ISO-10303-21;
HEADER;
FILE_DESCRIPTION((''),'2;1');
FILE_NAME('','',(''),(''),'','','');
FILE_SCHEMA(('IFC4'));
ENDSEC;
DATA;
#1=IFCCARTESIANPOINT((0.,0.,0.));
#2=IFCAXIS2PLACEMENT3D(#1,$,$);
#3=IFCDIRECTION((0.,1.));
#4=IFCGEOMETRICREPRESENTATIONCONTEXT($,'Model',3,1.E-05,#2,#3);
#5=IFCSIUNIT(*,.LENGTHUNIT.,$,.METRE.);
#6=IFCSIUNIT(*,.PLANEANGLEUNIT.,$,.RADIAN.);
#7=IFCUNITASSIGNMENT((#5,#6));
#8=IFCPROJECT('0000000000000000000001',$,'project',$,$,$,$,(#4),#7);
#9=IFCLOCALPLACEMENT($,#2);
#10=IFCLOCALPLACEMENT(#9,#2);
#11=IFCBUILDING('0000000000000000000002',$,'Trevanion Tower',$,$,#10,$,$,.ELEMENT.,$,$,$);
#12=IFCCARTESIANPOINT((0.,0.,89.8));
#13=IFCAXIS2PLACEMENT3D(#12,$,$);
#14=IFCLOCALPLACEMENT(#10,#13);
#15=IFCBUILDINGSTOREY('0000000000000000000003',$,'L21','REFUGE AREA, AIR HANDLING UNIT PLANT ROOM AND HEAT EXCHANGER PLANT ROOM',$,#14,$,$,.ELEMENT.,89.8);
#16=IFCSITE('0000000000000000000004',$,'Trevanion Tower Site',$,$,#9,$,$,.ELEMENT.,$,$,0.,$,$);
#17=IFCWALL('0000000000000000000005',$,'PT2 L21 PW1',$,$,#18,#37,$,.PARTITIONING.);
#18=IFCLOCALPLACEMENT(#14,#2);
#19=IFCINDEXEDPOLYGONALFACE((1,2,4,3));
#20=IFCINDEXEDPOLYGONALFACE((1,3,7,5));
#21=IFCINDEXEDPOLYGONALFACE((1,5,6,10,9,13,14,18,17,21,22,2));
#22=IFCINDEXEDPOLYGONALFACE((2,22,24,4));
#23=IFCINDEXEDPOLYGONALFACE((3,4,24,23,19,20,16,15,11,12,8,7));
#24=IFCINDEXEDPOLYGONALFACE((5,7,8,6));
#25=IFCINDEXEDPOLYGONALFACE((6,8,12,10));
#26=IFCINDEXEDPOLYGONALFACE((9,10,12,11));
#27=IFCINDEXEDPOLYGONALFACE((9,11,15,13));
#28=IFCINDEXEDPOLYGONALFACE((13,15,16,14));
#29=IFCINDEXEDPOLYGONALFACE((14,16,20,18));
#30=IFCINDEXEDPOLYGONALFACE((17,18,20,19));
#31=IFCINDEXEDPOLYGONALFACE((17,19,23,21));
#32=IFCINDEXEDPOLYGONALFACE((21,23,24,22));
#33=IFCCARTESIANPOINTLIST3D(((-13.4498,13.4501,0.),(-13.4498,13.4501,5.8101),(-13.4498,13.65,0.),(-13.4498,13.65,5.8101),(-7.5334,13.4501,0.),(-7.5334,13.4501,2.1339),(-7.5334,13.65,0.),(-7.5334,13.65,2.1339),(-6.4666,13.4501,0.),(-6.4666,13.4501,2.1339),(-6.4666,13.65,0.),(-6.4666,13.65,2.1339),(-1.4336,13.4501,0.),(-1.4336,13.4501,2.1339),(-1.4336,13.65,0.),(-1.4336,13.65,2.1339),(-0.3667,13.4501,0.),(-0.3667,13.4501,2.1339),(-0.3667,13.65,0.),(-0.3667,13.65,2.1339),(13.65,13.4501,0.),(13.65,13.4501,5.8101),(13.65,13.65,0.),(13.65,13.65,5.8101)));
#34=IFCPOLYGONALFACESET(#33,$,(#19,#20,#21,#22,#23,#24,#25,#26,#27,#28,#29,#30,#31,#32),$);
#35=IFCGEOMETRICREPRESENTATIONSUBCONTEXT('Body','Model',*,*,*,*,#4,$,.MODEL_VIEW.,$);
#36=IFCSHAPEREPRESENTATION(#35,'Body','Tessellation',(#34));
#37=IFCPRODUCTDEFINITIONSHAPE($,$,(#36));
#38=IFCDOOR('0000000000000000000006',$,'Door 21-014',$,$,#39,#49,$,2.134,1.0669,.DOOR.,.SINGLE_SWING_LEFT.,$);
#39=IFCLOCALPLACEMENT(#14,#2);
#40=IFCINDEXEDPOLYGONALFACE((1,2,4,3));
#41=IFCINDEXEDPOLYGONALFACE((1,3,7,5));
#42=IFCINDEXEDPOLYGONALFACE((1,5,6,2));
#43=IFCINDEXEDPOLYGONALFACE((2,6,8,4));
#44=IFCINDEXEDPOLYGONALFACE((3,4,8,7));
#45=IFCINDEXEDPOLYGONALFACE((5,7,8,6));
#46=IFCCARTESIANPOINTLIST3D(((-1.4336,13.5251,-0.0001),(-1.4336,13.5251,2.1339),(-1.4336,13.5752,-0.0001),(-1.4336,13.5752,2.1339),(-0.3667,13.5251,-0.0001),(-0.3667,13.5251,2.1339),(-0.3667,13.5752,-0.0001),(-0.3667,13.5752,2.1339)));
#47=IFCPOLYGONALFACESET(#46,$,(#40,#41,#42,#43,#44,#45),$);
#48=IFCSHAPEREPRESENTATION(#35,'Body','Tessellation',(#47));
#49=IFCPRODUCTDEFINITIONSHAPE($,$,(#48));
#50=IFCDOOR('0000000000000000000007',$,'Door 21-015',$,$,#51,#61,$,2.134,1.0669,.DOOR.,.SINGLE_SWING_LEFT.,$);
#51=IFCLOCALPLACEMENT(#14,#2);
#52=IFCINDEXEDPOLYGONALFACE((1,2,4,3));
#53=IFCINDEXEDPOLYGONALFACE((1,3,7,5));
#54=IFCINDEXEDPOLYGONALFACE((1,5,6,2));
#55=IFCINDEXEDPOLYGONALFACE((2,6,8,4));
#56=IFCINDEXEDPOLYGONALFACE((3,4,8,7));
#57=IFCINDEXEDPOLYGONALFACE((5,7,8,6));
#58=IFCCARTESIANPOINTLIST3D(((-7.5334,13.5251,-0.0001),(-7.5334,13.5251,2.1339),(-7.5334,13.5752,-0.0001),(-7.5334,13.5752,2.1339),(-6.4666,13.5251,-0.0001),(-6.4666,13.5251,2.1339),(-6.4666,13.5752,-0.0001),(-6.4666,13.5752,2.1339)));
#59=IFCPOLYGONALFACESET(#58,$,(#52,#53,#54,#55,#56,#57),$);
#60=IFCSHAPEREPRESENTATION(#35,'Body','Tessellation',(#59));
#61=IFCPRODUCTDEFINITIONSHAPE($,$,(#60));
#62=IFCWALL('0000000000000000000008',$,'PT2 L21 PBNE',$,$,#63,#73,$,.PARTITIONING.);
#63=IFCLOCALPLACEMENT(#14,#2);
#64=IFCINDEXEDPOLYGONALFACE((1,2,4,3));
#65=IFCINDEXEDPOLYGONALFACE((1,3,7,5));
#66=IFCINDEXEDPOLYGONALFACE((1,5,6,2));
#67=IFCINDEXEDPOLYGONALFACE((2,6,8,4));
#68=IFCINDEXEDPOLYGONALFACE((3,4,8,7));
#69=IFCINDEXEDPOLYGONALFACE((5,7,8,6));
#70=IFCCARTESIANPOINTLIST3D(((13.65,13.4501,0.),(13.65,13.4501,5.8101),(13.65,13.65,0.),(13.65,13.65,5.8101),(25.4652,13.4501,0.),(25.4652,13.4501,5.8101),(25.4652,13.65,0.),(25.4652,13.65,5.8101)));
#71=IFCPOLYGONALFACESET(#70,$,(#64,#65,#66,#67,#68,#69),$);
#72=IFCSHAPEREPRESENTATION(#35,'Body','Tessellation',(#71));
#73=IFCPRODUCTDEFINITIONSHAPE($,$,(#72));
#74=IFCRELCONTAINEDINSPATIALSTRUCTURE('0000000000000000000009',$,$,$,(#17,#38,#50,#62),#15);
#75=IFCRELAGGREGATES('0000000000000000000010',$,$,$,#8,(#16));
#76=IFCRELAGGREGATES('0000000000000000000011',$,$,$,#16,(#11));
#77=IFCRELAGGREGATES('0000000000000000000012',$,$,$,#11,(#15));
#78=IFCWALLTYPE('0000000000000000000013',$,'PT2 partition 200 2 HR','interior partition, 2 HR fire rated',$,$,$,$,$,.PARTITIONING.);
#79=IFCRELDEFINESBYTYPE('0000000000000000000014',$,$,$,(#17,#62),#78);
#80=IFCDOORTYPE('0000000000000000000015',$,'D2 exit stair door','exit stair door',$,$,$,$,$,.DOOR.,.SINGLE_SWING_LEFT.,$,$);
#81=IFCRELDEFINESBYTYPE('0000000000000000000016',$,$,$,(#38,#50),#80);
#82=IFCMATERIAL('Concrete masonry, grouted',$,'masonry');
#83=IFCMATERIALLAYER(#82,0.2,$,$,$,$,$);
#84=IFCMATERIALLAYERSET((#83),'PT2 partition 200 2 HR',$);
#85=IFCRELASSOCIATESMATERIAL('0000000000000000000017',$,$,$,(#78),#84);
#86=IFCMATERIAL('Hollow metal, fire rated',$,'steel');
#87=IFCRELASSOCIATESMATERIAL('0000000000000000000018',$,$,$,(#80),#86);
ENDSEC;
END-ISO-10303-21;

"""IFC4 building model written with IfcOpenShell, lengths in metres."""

from ifc_helpers import new_model, si_unit, direction, frame, frame_2d, origin, place, context, subcontext, project, spatial, rectangle, extrude, material, layer, layer_set, type_object, element, fill, save


model = new_model("IFC4")

# Units and contexts
model_context = context("Model", 3, precision=1e-05, world=origin(), true_north=direction((0.0, 1.0)))
body_context = subcontext(model_context, "Body", "Model", "MODEL_VIEW")
ifc_project = project(units=[si_unit("LENGTHUNIT", "METRE"), si_unit("PLANEANGLEUNIT", "RADIAN")], contexts=[model_context])

# Site, building, storey
site_placement = place(None, origin())
site = spatial("IfcSite", under=ifc_project, at=site_placement, Name="Trevanion Tower Site", CompositionType="ELEMENT", RefElevation=0.0)
building_placement = place(site_placement, origin())
building = spatial("IfcBuilding", under=site, at=building_placement, Name="Trevanion Tower", CompositionType="ELEMENT")
storey_placement = place(building_placement, frame((0.0, 0.0, 89.8)))
storey = spatial("IfcBuildingStorey", under=building, at=storey_placement, Name="L21", Description="REFUGE AREA, AIR HANDLING UNIT PLANT ROOM AND HEAT EXCHANGER PLANT ROOM", CompositionType="ELEMENT", Elevation=89.8)

# Wall, openings, doors
ifc_material_1 = material(Name="Concrete masonry, grouted", Category="masonry")
ifc_layer_1 = layer(ifc_material_1, 0.2)
ifc_layer_set_1 = layer_set([ifc_layer_1], Name="PT2 partition 200 2 HR")
wall_type = type_object("IfcWallType", Name="PT2 partition 200 2 HR", Description="interior partition, 2 HR fire rated", PredefinedType="PARTITIONING", material=ifc_layer_set_1)
wall_1_placement = place(storey_placement, frame((13.6499, 13.55, 0.0), z_axis=(0.0, 0.0, 1.0), x_axis=(-1.0, 0.0, 0.0)))
wall_1 = element("IfcWall", 1, at=wall_1_placement, inside=storey, type_object=wall_type, Name="PT2 L21 PW1", PredefinedType="PARTITIONING", context=body_context, shape_type="SweptSolid", body=[
    extrude(rectangle(XDim=27.0999, YDim=0.2, at=frame_2d((13.5498, 0.0))), origin(), (0.0, 0.0, 1.0), 5.8101),
])
opening_1_placement = place(wall_1_placement, frame((14.0166, 0.0, 0.0)))
opening_1 = element("IfcOpeningElement", 2, at=opening_1_placement, cuts=wall_1, PredefinedType="OPENING", context=body_context, shape_type="SweptSolid", body=[
    extrude(rectangle(XDim=1.0669, YDim=2.134, at=frame_2d((0.5334, 1.0669))), frame((0.0, 0.1099, 0.0), z_axis=(0.0, -1.0, 0.0), x_axis=(1.0, 0.0, 0.0)), (0.0, 0.0, 1.0), 0.22),
])
opening_2_placement = place(wall_1_placement, frame((20.1165, 0.0, 0.0)))
opening_2 = element("IfcOpeningElement", 3, at=opening_2_placement, cuts=wall_1, PredefinedType="OPENING", context=body_context, shape_type="SweptSolid", body=[
    extrude(rectangle(XDim=1.0669, YDim=2.134, at=frame_2d((0.5334, 1.0669))), frame((0.0, 0.1099, 0.0), z_axis=(0.0, -1.0, 0.0), x_axis=(1.0, 0.0, 0.0)), (0.0, 0.0, 1.0), 0.22),
])
ifc_material_2 = material(Name="Hollow metal, fire rated", Category="steel")
door_type = type_object("IfcDoorType", Name="D2 exit stair door", Description="exit stair door", OperationType="SINGLE_SWING_LEFT", PredefinedType="DOOR", material=ifc_material_2)
door_1_placement = place(opening_1_placement, origin())
door_1 = element("IfcDoor", 4, at=door_1_placement, inside=storey, type_object=door_type, Name="Door 21-014", OperationType="SINGLE_SWING_LEFT", OverallHeight=2.134, OverallWidth=1.0669, PredefinedType="DOOR", context=body_context, shape_type="SweptSolid", body=[
    extrude(rectangle(XDim=1.0669, YDim=2.134, at=frame_2d((0.5334, 1.0669))), frame((0.0, 0.0249, 0.0), z_axis=(0.0, -1.0, 0.0), x_axis=(1.0, 0.0, 0.0)), (0.0, 0.0, 1.0), 0.05),
])
fill(opening_1, door_1)
door_2_placement = place(opening_2_placement, origin())
door_2 = element("IfcDoor", 5, at=door_2_placement, inside=storey, type_object=door_type, Name="Door 21-015", OperationType="SINGLE_SWING_LEFT", OverallHeight=2.134, OverallWidth=1.0669, PredefinedType="DOOR", context=body_context, shape_type="SweptSolid", body=[
    extrude(rectangle(XDim=1.0669, YDim=2.134, at=frame_2d((0.5334, 1.0669))), frame((0.0, 0.0249, 0.0), z_axis=(0.0, -1.0, 0.0), x_axis=(1.0, 0.0, 0.0)), (0.0, 0.0, 1.0), 0.05),
])
fill(opening_2, door_2)

# Wall
wall_2_placement = place(storey_placement, frame((13.6499, 13.55, 0.0), z_axis=(0.0, 0.0, 1.0), x_axis=(1.0, 0.0, 0.0)))
element("IfcWall", 6, at=wall_2_placement, inside=storey, type_object=wall_type, Name="PT2 L21 PBNE", PredefinedType="PARTITIONING", context=body_context, shape_type="SweptSolid", body=[
    extrude(rectangle(XDim=11.8152, YDim=0.2, at=frame_2d((5.9077, 0.0))), origin(), (0.0, 0.0, 1.0), 5.8101),
])

save(model, "model.ifc")
